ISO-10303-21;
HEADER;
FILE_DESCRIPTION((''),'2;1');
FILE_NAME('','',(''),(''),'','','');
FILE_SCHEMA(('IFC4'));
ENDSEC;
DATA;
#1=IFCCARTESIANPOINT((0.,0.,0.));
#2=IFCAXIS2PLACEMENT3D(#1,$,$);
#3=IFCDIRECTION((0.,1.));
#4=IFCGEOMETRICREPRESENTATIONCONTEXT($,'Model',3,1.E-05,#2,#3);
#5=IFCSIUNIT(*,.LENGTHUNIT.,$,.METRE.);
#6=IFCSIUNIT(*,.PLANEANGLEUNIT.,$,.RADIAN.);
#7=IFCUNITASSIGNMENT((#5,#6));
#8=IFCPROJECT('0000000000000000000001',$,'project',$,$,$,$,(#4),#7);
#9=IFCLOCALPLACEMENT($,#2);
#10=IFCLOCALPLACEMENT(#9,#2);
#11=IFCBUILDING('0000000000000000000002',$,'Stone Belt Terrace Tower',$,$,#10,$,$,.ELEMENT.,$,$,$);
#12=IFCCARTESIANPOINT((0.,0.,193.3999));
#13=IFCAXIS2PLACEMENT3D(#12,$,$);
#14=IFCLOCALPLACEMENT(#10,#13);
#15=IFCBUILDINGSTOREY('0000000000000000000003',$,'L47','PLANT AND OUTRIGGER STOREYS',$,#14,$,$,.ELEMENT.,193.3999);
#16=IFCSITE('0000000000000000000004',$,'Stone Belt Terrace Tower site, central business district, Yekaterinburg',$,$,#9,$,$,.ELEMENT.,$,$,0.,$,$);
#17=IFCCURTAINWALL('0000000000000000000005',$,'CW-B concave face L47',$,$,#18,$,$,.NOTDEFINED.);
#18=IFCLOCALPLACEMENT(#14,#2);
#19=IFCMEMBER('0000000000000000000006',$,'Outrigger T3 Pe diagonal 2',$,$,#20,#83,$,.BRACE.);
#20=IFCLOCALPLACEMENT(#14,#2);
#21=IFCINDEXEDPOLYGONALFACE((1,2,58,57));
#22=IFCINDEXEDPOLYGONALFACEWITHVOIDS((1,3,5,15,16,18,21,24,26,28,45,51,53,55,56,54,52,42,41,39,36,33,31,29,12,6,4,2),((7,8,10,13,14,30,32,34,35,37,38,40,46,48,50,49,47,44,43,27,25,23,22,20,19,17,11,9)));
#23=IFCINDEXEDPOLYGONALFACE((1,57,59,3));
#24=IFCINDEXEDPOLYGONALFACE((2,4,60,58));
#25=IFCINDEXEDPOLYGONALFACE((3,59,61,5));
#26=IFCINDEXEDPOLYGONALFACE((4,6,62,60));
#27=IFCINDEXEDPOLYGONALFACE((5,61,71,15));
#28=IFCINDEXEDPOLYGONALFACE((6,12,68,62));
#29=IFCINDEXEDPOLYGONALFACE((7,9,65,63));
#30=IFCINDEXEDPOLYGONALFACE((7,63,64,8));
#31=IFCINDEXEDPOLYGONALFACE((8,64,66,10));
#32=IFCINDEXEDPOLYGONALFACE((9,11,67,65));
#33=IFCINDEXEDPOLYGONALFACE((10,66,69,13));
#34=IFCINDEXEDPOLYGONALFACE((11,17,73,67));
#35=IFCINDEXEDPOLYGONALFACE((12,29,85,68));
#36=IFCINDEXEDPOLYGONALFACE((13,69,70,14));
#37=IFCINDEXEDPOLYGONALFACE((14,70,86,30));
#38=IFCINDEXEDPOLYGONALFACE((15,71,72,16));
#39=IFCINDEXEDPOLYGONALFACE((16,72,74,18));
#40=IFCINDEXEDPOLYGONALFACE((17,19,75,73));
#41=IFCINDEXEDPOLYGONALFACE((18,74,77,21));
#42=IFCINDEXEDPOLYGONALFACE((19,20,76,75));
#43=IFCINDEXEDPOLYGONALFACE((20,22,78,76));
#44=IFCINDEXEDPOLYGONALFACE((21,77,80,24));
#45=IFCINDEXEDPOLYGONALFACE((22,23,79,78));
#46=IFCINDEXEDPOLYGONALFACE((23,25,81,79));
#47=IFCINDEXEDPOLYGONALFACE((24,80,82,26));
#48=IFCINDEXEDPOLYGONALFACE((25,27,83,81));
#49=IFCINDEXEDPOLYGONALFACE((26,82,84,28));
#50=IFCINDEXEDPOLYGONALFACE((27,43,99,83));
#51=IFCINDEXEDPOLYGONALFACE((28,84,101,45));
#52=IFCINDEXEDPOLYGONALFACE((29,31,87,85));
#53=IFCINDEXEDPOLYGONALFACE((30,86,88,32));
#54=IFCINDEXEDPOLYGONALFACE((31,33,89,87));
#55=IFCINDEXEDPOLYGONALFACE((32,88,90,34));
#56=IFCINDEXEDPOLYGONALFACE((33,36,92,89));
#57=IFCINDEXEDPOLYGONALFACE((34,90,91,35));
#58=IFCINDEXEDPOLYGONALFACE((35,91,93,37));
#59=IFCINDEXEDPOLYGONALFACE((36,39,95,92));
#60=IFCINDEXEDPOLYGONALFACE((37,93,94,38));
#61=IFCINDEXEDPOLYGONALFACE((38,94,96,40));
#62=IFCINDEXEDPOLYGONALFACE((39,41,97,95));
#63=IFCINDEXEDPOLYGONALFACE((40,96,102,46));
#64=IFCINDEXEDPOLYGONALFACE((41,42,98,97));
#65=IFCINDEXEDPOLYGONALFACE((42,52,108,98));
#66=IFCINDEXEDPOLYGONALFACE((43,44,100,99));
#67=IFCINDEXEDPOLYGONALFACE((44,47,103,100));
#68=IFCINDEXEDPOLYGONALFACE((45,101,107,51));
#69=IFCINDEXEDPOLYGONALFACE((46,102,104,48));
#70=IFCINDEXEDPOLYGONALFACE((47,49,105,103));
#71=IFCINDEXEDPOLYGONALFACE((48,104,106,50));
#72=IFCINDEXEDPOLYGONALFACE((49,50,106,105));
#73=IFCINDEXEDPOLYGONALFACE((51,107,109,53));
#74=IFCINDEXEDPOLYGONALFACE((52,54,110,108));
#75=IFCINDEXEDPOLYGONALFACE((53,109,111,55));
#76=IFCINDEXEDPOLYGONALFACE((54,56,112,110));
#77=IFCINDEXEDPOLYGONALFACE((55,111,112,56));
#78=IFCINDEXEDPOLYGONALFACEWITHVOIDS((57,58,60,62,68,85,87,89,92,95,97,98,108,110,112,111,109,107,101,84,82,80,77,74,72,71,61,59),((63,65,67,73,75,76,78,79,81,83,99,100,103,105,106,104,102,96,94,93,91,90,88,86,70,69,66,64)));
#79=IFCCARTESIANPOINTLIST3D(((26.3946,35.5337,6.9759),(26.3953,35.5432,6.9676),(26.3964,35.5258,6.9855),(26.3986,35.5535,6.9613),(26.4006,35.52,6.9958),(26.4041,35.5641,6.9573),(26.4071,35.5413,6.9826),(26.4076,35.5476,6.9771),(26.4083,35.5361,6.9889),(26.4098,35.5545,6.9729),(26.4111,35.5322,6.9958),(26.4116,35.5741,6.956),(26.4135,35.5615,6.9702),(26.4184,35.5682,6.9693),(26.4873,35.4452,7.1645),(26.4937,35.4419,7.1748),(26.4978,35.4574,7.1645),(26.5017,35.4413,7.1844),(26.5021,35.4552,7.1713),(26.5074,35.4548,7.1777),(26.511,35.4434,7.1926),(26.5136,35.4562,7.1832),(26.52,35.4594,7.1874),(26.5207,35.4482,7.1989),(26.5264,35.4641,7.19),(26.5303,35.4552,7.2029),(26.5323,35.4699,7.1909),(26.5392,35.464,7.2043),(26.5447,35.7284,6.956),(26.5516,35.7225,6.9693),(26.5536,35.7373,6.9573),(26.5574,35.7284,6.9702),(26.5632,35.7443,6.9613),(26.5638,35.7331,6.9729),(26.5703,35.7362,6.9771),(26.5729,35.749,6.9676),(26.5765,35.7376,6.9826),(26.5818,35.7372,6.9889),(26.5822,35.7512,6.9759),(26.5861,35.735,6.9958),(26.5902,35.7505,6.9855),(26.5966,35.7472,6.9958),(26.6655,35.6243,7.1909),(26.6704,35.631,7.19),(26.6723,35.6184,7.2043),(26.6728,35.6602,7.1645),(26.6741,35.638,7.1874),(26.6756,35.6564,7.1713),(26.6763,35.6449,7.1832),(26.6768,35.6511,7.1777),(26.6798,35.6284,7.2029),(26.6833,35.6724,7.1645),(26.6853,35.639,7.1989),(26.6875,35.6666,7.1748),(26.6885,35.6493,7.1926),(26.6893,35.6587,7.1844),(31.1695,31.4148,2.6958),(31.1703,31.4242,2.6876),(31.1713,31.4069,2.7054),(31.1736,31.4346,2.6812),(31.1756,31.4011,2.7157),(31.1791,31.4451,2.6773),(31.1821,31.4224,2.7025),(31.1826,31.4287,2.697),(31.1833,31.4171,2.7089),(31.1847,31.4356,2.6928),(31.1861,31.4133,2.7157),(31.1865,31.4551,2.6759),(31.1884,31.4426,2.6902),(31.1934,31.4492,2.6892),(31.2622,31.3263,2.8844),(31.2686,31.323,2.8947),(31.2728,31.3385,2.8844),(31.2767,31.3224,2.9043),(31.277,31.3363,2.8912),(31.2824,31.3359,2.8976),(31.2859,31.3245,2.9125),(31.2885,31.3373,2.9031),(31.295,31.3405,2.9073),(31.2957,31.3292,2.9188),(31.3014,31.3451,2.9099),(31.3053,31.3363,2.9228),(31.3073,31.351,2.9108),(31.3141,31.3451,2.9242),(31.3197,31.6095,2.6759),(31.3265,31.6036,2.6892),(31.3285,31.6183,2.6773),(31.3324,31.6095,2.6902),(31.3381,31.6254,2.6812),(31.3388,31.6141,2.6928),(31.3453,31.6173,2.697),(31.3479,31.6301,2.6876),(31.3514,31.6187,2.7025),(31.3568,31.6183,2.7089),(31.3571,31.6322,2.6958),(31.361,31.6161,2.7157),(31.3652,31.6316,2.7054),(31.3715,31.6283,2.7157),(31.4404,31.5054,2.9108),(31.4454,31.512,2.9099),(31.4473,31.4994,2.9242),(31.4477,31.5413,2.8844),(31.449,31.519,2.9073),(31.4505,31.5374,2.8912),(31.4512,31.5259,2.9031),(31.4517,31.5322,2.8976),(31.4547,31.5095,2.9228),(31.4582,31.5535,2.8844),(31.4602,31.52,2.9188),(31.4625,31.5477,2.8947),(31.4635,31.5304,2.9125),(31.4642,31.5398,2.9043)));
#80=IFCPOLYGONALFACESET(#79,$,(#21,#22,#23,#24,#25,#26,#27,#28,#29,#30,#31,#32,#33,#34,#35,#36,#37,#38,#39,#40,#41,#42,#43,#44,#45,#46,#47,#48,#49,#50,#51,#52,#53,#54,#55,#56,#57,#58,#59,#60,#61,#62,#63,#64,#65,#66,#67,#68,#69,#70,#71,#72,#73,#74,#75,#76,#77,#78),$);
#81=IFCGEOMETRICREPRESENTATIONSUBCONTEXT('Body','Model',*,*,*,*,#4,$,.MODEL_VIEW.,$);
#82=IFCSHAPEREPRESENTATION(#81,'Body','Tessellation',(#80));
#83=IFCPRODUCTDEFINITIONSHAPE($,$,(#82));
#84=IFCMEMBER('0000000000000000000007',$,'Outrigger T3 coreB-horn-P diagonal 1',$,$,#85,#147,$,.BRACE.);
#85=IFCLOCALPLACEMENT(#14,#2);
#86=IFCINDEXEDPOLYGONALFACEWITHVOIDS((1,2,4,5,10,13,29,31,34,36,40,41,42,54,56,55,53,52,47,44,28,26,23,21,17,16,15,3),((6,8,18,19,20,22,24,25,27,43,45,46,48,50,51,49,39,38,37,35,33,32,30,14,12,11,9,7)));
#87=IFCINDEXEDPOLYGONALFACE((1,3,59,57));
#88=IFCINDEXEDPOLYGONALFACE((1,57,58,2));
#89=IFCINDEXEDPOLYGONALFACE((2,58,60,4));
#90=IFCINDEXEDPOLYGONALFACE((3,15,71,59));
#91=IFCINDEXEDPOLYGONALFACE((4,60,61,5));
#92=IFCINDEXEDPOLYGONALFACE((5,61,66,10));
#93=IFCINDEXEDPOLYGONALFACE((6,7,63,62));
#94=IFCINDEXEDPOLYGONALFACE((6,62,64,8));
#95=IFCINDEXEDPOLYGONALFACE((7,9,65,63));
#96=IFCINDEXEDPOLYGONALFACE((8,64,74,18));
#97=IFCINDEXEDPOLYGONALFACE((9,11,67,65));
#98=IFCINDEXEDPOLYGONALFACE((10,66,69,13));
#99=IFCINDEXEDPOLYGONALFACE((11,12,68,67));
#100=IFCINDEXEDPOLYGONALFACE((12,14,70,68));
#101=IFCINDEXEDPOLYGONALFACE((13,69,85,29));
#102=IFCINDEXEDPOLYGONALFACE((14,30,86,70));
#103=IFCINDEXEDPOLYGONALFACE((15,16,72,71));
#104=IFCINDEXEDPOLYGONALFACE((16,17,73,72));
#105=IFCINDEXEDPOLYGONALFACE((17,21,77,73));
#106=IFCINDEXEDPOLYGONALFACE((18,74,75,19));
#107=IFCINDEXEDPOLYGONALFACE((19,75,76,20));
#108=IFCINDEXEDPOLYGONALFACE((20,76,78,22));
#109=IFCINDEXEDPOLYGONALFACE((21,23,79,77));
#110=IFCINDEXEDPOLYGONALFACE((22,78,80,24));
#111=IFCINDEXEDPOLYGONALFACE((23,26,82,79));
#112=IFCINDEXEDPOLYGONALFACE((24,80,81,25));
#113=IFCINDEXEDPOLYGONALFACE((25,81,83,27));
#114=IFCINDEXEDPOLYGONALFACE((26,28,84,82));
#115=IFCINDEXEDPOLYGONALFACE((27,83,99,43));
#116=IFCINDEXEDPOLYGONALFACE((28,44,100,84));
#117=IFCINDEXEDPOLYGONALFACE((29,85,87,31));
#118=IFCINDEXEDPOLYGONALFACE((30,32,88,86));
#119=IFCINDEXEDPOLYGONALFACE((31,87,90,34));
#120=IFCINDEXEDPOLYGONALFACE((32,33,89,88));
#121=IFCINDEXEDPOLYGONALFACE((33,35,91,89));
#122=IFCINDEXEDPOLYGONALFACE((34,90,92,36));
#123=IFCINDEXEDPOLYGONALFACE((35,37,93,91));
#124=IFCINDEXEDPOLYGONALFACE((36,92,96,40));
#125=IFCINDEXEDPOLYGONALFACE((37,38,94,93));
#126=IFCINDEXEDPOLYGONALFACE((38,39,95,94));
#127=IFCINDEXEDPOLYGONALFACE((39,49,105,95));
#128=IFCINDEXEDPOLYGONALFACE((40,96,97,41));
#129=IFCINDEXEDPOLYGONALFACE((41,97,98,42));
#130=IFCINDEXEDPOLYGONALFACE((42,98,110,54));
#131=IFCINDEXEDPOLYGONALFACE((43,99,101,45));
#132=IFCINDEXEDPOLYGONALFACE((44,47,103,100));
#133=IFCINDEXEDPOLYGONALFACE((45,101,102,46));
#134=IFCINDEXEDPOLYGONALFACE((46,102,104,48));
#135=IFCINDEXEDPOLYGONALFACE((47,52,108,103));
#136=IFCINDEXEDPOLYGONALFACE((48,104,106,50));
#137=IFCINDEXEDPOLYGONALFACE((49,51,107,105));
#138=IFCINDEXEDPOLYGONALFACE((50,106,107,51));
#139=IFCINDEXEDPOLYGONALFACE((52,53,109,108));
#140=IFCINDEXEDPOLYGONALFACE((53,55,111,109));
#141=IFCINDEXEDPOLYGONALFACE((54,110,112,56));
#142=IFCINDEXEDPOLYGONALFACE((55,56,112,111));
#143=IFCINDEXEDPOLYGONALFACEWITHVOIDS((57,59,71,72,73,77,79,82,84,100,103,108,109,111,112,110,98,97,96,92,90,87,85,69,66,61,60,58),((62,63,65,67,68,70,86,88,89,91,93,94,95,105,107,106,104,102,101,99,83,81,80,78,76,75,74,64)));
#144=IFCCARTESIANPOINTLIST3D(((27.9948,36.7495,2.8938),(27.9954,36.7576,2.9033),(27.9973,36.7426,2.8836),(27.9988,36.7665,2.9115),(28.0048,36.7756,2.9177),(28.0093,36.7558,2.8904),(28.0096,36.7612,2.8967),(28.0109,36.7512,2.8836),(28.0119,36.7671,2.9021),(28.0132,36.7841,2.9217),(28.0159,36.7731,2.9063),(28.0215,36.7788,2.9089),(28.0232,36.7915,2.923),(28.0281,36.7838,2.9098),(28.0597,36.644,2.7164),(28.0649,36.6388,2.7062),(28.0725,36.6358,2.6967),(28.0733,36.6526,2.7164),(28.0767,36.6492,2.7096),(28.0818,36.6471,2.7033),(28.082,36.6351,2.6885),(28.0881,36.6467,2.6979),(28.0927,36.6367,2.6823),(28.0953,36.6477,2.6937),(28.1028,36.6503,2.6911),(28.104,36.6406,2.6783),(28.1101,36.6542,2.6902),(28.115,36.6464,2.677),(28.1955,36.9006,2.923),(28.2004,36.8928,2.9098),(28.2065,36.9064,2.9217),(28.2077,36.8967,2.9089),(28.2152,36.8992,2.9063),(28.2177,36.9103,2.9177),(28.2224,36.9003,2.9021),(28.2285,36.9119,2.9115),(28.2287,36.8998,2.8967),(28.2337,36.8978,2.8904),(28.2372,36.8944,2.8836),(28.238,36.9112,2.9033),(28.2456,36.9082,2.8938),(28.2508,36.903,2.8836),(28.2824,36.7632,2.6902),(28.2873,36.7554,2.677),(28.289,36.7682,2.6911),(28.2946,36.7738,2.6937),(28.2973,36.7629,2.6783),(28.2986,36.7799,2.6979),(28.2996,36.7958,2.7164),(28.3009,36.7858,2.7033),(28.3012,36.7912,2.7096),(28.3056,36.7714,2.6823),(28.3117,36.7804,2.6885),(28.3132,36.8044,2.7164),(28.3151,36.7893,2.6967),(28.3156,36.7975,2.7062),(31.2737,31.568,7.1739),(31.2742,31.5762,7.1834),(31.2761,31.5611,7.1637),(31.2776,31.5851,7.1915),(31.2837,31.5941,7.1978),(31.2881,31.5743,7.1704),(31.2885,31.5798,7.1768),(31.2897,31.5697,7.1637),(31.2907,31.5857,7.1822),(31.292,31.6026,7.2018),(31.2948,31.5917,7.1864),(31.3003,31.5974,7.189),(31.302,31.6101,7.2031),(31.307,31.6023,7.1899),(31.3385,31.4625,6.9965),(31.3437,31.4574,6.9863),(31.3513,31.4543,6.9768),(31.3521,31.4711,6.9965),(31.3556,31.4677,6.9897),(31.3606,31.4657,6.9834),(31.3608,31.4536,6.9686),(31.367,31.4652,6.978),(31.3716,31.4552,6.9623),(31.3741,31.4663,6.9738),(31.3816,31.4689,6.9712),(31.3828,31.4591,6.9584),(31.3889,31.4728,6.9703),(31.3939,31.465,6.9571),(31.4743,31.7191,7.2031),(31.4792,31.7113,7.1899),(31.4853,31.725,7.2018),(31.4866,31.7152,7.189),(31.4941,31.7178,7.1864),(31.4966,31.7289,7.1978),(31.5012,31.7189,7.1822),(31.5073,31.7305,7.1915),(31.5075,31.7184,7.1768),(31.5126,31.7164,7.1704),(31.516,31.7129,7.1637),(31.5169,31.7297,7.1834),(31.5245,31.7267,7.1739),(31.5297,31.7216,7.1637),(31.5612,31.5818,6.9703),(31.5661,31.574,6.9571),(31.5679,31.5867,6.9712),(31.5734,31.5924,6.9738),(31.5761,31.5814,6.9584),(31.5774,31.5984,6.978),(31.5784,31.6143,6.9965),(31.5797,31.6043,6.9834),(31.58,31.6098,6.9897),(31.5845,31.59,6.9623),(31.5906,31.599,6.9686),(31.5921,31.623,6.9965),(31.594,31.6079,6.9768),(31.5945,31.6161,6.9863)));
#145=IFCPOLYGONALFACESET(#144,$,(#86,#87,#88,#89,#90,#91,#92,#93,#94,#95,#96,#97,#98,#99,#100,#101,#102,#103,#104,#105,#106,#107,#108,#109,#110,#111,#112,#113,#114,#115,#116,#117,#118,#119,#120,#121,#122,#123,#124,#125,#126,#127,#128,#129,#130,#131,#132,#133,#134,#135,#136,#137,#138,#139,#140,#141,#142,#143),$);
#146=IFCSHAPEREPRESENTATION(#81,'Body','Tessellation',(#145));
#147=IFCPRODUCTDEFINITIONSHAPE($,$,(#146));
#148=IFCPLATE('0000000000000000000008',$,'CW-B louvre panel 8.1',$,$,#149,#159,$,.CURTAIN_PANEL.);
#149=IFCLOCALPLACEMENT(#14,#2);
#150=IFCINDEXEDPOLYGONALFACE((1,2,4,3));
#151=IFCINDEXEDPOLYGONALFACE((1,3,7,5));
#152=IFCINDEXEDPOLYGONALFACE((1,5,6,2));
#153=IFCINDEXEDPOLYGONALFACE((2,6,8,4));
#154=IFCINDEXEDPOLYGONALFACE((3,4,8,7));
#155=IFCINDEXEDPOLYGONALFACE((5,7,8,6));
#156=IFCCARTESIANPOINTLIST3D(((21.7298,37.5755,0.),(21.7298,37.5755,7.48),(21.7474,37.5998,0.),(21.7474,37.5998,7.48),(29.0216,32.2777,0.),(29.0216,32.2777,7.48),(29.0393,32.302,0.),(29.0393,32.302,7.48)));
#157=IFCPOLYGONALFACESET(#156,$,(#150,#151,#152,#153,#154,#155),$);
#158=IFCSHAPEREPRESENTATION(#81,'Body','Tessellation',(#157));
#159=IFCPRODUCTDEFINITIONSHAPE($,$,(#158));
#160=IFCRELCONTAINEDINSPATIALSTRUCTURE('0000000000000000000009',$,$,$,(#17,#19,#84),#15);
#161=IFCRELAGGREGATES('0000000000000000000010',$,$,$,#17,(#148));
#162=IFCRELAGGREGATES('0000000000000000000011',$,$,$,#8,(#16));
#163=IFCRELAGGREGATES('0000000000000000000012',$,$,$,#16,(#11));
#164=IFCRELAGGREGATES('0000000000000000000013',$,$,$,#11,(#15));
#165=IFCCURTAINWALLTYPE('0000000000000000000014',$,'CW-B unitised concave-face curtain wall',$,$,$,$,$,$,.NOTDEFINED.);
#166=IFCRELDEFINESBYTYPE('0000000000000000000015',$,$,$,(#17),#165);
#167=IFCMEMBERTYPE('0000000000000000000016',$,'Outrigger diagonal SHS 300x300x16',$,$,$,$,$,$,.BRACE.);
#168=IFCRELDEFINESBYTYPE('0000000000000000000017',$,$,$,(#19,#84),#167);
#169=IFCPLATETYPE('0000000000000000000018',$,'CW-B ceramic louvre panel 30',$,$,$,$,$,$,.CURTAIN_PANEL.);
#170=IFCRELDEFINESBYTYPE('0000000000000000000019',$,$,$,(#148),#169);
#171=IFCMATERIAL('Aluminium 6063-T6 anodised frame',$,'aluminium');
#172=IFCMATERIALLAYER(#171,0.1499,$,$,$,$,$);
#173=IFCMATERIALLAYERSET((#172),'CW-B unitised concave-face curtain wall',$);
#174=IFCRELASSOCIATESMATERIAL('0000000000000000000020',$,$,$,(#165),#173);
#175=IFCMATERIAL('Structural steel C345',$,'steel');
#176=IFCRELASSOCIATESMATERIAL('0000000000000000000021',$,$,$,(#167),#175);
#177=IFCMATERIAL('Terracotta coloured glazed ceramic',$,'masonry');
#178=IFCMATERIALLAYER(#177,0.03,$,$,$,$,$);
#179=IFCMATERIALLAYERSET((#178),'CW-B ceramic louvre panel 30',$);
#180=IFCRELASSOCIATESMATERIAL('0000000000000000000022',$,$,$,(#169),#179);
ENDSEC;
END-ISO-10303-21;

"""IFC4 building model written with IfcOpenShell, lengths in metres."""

from ifc_helpers import new_model, si_unit, direction, frame, origin, origin_2d, place, context, subcontext, project, spatial, rectangle, hollow_rectangle, extrude, material, layer, layer_set, material_profile, profile_set, type_object, element, aggregate, save


model = new_model("IFC4")

# Units and contexts
model_context = context("Model", 3, precision=1e-05, world=origin(), true_north=direction((0.0, 1.0)))
body_context = subcontext(model_context, "Body", "Model", "MODEL_VIEW")
ifc_project = project(units=[si_unit("LENGTHUNIT", "METRE"), si_unit("PLANEANGLEUNIT", "RADIAN")], contexts=[model_context])

# Site, building, storey
site_placement = place(None, origin())
site = spatial("IfcSite", under=ifc_project, at=site_placement, Name="Stone Belt Terrace Tower site, central business district, Yekaterinburg", CompositionType="ELEMENT", RefElevation=0.0)
building_placement = place(site_placement, origin())
building = spatial("IfcBuilding", under=site, at=building_placement, Name="Stone Belt Terrace Tower", CompositionType="ELEMENT")
storey_placement = place(building_placement, frame((0.0, 0.0, 193.3999)))
storey = spatial("IfcBuildingStorey", under=building, at=storey_placement, Name="L47", Description="PLANT AND OUTRIGGER STOREYS", CompositionType="ELEMENT", Elevation=193.3999)

# Curtain wall
ifc_material_1 = material(Name="Aluminium 6063-T6 anodised frame", Category="aluminium")
ifc_layer_1 = layer(ifc_material_1, 0.1499)
ifc_layer_set_1 = layer_set([ifc_layer_1], Name="CW-B unitised concave-face curtain wall")
curtain_wall_type = type_object("IfcCurtainWallType", Name="CW-B unitised concave-face curtain wall", PredefinedType="NOTDEFINED", material=ifc_layer_set_1)
curtain_wall_placement = place(storey_placement, origin())
curtain_wall = element("IfcCurtainWall", 1, at=curtain_wall_placement, inside=storey, type_object=curtain_wall_type, Name="CW-B concave face L47", PredefinedType="NOTDEFINED")

# Members
ifc_material_2 = material(Name="Structural steel C345", Category="steel")
ifc_material_profile_1 = material_profile(ifc_material_2, hollow_rectangle(XDim=0.3, YDim=0.3, WallThickness=0.0161, InnerFilletRadius=0.032, OuterFilletRadius=0.0481, at=origin_2d()), Name="SHS 300x300x16")
ifc_profile_set_1 = profile_set([ifc_material_profile_1], Name="Structural steel C345")
member_type_1 = type_object("IfcMemberType", Name="Outrigger diagonal SHS 300x300x16", PredefinedType="BRACE", material=ifc_profile_set_1)
member_1_placement = place(storey_placement, frame((31.3169, 31.4773, 2.8), z_axis=(-0.626524, 0.540448, 0.561591), x_axis=(-0.653176, -0.757206, 0.0)))
element("IfcMember", 2, at=member_1_placement, inside=storey, type_object=member_type_1, Name="Outrigger T3 Pe diagonal 2", PredefinedType="BRACE", context=body_context, shape_type="SweptSolid", body=[
    extrude(hollow_rectangle(XDim=0.3, YDim=0.3, WallThickness=0.0161, InnerFilletRadius=0.032, OuterFilletRadius=0.0481, at=origin_2d()), origin(), (0.0, 0.0, 1.0), 7.6213),
])
member_2_placement = place(storey_placement, frame((31.4341, 31.592, 7.0801), z_axis=(-0.438478, 0.692912, -0.572372), x_axis=(-0.845021, -0.534733, 0.0)))
element("IfcMember", 3, at=member_2_placement, inside=storey, type_object=member_type_1, Name="Outrigger T3 coreB-horn-P diagonal 1", PredefinedType="BRACE", context=body_context, shape_type="SweptSolid", body=[
    extrude(hollow_rectangle(XDim=0.3, YDim=0.3, WallThickness=0.0161, InnerFilletRadius=0.032, OuterFilletRadius=0.0481, at=origin_2d()), origin(), (0.0, 0.0, 1.0), 7.4778),
])

# Plate
ifc_material_3 = material(Name="Terracotta coloured glazed ceramic", Category="masonry")
ifc_layer_2 = layer(ifc_material_3, 0.03)
ifc_layer_set_2 = layer_set([ifc_layer_2], Name="CW-B ceramic louvre panel 30")
plate_type = type_object("IfcPlateType", Name="CW-B ceramic louvre panel 30", PredefinedType="CURTAIN_PANEL", material=ifc_layer_set_2)
plate_placement = place(storey_placement, frame((25.3845, 34.9387, 0.0), z_axis=(0.0, 0.0, 1.0), x_axis=(0.809017, -0.587785, 0.0)))
plate = element("IfcPlate", 4, at=plate_placement, type_object=plate_type, Name="CW-B louvre panel 8.1", PredefinedType="CURTAIN_PANEL", context=body_context, shape_type="SweptSolid", body=[
    extrude(rectangle(XDim=9.0132, YDim=0.03, at=origin_2d()), origin(), (0.0, 0.0, 1.0), 7.48),
])
aggregate(curtain_wall, [plate])

save(model, "model.ifc")
